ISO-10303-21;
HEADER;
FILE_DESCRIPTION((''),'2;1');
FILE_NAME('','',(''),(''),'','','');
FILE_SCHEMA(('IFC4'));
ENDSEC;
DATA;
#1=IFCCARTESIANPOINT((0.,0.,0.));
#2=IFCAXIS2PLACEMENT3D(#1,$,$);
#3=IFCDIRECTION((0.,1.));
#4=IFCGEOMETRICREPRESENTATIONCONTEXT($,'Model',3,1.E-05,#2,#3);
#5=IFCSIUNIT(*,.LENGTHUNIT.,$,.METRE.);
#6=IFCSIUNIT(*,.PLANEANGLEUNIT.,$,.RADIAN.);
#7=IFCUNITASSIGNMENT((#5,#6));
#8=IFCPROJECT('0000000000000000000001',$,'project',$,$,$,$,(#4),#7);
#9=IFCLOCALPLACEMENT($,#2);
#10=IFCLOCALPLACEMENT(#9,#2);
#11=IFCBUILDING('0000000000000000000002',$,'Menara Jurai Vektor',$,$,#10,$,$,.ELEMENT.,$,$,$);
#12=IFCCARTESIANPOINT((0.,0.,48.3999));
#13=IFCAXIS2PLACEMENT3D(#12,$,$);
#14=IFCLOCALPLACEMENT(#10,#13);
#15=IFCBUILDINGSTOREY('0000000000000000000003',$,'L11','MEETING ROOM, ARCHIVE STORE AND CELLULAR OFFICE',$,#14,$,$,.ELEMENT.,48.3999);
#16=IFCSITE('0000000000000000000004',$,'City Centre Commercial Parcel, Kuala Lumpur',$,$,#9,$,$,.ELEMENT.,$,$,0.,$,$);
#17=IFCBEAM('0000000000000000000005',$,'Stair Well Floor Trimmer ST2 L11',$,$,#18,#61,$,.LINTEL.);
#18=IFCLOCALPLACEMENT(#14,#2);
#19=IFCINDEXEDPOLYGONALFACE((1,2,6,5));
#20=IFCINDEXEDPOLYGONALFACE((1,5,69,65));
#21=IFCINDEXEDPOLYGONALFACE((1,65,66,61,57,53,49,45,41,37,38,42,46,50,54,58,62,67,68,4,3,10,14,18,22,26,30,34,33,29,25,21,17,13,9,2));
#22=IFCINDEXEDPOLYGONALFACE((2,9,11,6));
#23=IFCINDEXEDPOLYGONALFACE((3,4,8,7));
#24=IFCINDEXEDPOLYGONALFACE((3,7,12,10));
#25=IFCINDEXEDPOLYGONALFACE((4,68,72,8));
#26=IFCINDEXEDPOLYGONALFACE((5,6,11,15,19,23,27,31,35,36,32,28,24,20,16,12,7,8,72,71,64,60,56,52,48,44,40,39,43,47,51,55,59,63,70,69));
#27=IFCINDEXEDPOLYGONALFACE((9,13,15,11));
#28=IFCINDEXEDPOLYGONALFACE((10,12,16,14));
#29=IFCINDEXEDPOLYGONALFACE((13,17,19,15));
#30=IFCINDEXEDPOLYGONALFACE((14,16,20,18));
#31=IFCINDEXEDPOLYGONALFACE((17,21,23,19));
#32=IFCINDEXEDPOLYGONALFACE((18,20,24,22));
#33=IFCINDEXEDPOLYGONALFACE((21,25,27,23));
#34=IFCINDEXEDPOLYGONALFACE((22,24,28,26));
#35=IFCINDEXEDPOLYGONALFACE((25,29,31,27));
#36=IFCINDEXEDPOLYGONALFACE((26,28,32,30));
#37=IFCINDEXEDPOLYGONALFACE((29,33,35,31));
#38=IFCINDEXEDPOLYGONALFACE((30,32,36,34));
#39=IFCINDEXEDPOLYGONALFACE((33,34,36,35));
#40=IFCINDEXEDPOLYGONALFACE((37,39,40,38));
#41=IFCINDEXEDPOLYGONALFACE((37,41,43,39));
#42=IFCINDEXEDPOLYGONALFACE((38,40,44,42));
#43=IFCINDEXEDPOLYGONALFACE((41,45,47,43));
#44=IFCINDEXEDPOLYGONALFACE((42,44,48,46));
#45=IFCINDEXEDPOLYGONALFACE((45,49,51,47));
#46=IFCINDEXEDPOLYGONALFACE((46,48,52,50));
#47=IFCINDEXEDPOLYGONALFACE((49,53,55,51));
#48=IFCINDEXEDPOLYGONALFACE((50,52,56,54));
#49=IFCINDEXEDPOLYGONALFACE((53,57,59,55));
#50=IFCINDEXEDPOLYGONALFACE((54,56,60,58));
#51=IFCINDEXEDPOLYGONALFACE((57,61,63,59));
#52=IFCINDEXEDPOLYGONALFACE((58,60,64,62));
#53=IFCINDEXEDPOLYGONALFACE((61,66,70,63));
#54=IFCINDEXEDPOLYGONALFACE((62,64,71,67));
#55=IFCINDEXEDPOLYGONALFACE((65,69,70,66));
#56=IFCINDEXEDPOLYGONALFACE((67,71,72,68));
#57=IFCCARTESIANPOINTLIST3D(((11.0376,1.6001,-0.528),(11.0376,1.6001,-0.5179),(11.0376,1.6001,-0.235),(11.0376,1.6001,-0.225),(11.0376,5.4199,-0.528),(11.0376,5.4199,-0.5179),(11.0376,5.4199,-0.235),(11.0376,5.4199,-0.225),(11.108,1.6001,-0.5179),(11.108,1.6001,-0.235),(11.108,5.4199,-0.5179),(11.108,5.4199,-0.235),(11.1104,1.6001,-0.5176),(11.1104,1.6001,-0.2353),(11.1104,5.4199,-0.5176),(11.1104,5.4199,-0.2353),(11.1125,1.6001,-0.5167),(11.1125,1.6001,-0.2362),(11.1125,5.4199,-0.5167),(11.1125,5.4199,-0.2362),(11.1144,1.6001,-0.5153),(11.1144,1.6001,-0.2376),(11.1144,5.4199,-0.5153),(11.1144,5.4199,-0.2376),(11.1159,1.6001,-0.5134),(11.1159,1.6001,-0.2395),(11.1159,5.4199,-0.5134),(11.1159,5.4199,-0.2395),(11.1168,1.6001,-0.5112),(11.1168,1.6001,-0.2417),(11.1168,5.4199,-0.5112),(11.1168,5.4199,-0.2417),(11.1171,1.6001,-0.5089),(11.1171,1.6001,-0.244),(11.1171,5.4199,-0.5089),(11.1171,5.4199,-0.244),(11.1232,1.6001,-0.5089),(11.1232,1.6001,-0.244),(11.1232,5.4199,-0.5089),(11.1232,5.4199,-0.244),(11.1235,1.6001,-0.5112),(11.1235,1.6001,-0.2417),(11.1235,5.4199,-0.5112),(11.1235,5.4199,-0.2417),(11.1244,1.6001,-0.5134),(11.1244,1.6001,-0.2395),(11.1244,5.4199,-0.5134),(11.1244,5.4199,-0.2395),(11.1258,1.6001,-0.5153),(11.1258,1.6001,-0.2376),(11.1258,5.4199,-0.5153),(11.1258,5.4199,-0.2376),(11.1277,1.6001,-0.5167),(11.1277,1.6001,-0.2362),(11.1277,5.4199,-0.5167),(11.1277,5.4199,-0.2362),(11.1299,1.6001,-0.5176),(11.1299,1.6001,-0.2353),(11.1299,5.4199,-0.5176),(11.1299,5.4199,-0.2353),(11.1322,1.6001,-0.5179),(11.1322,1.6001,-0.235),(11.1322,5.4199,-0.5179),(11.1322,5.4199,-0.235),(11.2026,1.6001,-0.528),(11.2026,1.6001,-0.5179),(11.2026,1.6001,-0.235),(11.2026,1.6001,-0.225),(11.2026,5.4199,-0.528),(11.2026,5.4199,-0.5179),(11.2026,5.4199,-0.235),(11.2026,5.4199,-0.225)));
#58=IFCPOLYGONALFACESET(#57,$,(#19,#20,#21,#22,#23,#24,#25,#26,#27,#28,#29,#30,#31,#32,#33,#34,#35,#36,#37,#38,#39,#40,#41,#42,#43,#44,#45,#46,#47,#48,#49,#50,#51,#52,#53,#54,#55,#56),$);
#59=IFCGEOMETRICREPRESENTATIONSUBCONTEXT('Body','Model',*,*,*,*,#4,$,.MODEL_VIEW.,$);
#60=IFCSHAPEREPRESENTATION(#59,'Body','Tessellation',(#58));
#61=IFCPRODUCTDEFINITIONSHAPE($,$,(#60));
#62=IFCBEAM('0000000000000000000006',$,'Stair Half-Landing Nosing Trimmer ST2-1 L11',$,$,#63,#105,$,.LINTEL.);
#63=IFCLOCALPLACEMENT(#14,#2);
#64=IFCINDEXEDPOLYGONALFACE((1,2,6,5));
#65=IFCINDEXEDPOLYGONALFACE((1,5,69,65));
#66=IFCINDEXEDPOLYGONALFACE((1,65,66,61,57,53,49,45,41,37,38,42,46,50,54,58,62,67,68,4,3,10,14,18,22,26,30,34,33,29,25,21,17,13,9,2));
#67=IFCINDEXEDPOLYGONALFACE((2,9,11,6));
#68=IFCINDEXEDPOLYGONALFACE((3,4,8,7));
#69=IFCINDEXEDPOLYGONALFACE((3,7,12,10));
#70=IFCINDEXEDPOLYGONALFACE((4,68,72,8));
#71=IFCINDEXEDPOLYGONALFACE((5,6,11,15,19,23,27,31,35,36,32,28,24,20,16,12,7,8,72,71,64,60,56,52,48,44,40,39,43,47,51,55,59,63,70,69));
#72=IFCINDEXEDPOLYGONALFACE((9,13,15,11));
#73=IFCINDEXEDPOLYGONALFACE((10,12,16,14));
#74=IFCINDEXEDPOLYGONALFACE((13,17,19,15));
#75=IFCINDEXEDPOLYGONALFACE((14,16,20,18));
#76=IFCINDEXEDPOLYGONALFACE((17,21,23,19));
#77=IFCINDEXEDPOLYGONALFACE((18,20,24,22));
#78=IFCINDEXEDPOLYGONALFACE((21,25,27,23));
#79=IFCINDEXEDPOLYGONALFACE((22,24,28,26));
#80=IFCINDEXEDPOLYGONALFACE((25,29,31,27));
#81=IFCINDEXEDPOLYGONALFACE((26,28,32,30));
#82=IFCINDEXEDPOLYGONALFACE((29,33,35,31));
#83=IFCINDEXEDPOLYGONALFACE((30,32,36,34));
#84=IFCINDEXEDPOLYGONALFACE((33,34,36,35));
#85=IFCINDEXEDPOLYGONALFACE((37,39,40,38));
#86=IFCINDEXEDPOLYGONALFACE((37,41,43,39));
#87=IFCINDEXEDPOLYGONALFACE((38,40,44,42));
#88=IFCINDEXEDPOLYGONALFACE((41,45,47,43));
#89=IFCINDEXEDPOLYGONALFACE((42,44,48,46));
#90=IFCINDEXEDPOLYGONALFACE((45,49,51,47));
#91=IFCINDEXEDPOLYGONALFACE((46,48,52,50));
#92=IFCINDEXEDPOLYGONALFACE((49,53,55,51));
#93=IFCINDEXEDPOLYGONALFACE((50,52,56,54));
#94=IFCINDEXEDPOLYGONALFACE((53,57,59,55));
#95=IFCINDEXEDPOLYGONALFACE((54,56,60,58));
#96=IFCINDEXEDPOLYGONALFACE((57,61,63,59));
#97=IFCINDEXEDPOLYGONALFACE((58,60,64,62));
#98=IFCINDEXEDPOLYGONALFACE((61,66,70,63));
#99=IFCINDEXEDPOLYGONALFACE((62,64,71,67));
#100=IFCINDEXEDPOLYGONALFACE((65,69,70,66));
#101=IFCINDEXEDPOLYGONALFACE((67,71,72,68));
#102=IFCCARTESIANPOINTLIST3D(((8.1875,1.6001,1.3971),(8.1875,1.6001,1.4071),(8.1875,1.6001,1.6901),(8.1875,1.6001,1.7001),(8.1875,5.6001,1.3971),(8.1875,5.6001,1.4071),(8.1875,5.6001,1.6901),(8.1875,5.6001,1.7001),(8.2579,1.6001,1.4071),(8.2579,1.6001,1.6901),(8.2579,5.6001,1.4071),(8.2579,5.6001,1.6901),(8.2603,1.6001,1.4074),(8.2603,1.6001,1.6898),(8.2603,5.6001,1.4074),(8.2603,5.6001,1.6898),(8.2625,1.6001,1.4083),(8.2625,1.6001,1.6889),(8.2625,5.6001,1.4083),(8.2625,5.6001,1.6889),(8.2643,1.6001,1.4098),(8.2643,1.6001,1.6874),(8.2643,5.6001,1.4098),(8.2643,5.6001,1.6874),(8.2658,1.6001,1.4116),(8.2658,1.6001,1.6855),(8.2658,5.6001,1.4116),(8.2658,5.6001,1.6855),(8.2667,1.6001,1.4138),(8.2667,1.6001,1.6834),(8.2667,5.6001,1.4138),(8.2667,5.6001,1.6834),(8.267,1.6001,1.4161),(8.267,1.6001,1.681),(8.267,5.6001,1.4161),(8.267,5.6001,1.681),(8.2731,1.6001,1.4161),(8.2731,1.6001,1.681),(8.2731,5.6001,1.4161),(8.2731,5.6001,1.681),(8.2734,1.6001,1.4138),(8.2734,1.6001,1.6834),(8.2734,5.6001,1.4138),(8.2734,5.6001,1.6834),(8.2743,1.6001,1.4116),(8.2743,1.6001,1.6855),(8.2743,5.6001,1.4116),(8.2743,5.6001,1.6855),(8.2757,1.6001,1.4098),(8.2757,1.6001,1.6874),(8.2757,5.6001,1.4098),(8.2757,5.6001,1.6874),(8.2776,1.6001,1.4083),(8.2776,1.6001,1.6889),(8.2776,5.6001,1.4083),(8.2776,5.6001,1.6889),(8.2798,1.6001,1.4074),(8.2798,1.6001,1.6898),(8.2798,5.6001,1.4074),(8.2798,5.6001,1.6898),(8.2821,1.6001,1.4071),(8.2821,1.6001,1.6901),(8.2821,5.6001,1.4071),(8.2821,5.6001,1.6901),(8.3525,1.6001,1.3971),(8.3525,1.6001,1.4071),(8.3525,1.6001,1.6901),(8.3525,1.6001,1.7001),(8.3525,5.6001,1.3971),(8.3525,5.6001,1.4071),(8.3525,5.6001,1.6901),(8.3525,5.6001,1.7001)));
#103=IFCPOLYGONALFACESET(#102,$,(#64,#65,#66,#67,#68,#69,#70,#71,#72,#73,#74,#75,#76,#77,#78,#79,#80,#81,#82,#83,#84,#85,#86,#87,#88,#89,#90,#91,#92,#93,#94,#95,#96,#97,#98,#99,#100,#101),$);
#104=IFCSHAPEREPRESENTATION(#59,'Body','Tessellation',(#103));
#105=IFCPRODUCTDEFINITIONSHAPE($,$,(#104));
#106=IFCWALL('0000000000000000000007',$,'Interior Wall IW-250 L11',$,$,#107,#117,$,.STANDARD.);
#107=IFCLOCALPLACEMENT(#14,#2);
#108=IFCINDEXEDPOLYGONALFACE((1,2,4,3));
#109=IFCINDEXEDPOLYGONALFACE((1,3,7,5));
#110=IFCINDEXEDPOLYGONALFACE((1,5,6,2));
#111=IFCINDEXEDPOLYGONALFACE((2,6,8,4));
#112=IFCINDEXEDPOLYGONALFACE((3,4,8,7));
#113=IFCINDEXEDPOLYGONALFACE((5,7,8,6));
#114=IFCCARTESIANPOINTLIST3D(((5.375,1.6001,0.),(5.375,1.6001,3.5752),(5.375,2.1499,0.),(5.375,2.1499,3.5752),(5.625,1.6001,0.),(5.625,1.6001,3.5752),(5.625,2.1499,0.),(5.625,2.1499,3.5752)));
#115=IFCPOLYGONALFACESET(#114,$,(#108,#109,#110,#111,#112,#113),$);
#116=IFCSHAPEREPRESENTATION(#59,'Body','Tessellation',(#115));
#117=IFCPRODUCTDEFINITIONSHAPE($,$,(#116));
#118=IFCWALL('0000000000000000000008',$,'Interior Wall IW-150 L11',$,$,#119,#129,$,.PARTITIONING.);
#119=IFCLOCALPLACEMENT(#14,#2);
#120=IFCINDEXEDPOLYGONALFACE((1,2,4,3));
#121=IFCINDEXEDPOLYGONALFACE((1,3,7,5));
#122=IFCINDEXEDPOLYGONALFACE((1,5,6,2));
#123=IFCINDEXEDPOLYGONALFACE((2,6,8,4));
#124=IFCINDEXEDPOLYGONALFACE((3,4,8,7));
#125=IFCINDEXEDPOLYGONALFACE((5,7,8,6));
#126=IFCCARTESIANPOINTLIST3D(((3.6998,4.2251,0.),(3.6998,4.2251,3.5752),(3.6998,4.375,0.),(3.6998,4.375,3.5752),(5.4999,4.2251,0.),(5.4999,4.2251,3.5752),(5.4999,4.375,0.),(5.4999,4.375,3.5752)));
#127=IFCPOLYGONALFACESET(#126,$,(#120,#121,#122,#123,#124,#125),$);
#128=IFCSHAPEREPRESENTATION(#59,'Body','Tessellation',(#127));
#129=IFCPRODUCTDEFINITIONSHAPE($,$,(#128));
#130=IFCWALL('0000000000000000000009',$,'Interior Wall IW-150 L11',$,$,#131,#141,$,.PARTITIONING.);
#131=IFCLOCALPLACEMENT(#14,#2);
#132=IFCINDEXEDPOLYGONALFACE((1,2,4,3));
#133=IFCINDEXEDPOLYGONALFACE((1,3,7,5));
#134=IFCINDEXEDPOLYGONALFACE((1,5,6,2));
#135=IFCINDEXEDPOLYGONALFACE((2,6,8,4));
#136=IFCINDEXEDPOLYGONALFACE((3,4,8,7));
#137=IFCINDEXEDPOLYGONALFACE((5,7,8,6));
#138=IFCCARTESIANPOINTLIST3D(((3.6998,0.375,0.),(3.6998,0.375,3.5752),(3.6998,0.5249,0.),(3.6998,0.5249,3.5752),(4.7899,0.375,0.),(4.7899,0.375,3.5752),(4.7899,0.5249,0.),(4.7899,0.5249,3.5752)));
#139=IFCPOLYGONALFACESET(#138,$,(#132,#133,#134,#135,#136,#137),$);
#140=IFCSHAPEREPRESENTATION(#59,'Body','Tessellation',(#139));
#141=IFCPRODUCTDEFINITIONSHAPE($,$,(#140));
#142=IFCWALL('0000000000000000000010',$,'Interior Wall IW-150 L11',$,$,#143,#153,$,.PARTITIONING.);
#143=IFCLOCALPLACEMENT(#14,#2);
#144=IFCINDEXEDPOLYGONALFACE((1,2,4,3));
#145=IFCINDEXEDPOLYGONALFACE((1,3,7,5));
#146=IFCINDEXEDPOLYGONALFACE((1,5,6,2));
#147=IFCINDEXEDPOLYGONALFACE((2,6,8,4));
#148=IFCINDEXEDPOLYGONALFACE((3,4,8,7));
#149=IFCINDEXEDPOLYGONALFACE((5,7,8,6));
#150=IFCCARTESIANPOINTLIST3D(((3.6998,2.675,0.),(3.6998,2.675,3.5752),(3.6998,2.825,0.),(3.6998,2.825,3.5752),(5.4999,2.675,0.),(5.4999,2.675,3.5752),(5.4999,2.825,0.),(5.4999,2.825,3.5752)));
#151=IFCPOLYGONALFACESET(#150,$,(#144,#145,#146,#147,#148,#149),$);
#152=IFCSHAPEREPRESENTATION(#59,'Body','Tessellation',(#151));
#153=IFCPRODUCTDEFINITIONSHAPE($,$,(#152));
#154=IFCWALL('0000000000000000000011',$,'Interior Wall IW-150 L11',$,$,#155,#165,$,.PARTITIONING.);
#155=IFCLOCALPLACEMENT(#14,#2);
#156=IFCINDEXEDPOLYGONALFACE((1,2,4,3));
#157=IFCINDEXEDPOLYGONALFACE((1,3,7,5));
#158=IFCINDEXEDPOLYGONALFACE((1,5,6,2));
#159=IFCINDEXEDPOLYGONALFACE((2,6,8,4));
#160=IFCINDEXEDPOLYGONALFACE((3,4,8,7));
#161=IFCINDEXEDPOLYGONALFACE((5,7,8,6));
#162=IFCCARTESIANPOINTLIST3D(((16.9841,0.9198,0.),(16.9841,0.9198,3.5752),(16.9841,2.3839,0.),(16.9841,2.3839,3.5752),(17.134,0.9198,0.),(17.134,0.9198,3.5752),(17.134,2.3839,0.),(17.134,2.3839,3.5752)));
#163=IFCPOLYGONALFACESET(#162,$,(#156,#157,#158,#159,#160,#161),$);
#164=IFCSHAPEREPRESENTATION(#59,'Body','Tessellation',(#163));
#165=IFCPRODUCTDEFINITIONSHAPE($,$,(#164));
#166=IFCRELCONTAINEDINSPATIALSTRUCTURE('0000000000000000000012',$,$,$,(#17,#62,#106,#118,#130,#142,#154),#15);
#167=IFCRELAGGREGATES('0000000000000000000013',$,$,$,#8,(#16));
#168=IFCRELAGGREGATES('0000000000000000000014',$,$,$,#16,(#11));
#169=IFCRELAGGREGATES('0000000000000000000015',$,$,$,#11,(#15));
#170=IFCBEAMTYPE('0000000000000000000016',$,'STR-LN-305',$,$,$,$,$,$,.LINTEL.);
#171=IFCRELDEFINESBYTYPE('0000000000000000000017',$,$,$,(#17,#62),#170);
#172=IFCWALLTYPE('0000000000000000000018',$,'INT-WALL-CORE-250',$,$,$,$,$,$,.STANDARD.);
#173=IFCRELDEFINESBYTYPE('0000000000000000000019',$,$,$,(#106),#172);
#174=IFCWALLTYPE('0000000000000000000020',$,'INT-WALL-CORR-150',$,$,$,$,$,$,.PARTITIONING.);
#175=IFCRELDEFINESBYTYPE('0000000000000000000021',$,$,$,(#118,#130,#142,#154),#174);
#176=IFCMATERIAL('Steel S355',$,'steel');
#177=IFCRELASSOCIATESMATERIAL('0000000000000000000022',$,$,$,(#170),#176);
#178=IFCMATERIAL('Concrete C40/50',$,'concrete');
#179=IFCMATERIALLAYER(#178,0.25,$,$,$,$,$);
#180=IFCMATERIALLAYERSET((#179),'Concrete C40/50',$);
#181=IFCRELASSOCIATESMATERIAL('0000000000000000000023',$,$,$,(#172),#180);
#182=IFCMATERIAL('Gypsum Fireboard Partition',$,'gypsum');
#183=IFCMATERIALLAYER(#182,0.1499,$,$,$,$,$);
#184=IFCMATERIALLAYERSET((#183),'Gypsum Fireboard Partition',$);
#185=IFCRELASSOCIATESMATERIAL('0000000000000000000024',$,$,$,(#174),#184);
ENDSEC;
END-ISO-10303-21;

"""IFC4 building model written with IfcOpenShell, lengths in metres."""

from ifc_helpers import new_model, si_unit, direction, frame, frame_2d, origin, origin_2d, place, context, subcontext, project, spatial, rectangle, i_section, extrude, material, layer, layer_set, material_profile, profile_set, type_object, element, save


model = new_model("IFC4")

# Units and contexts
model_context = context("Model", 3, precision=1e-05, world=origin(), true_north=direction((0.0, 1.0)))
body_context = subcontext(model_context, "Body", "Model", "MODEL_VIEW")
ifc_project = project(units=[si_unit("LENGTHUNIT", "METRE"), si_unit("PLANEANGLEUNIT", "RADIAN")], contexts=[model_context])

# Site, building, storey
site_placement = place(None, origin())
site = spatial("IfcSite", under=ifc_project, at=site_placement, Name="City Centre Commercial Parcel, Kuala Lumpur", CompositionType="ELEMENT", RefElevation=0.0)
building_placement = place(site_placement, origin())
building = spatial("IfcBuilding", under=site, at=building_placement, Name="Menara Jurai Vektor", CompositionType="ELEMENT")
storey_placement = place(building_placement, frame((0.0, 0.0, 48.3999)))
storey = spatial("IfcBuildingStorey", under=building, at=storey_placement, Name="L11", Description="MEETING ROOM, ARCHIVE STORE AND CELLULAR OFFICE", CompositionType="ELEMENT", Elevation=48.3999)

# Shared definitions
ifc_material_1 = material(Name="Steel S355", Category="steel")

# Beams
ifc_material_profile_1 = material_profile(ifc_material_1, i_section(OverallWidth=0.165, OverallDepth=0.303, WebThickness=0.0061, FlangeThickness=0.01, FilletRadius=0.009, at=origin_2d()), Name="UKB 305x165x40")
ifc_profile_set_1 = profile_set([ifc_material_profile_1], Name="Steel S355")
beam_type_1 = type_object("IfcBeamType", Name="STR-LN-305", PredefinedType="LINTEL", material=ifc_profile_set_1)
beam_1_placement = place(storey_placement, frame((11.1201, 1.6001, -0.3765), z_axis=(0.0, 1.0, 0.0), x_axis=(-1.0, 0.0, 0.0)))
element("IfcBeam", 1, at=beam_1_placement, inside=storey, type_object=beam_type_1, Name="Stair Well Floor Trimmer ST2 L11", PredefinedType="LINTEL", context=body_context, shape_type="SweptSolid", body=[
    extrude(i_section(OverallWidth=0.165, OverallDepth=0.303, WebThickness=0.0061, FlangeThickness=0.01, FilletRadius=0.009, at=origin_2d()), origin(), (0.0, 0.0, 1.0), 3.8198),
])
beam_2_placement = place(storey_placement, frame((8.27, 1.6001, 1.5486), z_axis=(0.0, 1.0, 0.0), x_axis=(-1.0, 0.0, 0.0)))
element("IfcBeam", 2, at=beam_2_placement, inside=storey, type_object=beam_type_1, Name="Stair Half-Landing Nosing Trimmer ST2-1 L11", PredefinedType="LINTEL", context=body_context, shape_type="SweptSolid", body=[
    extrude(i_section(OverallWidth=0.165, OverallDepth=0.303, WebThickness=0.0061, FlangeThickness=0.01, FilletRadius=0.009, at=origin_2d()), origin(), (0.0, 0.0, 1.0), 4.0),
])

# Shared definitions
ifc_material_2 = material(Name="Concrete C40/50", Category="concrete")
ifc_layer_1 = layer(ifc_material_2, 0.25)
ifc_layer_set_1 = layer_set([ifc_layer_1], Name="Concrete C40/50")
wall_type_1 = type_object("IfcWallType", Name="INT-WALL-CORE-250", PredefinedType="STANDARD", material=ifc_layer_set_1)

# Walls
wall_1_placement = place(storey_placement, frame((5.5, 1.6001, 0.0), z_axis=(0.0, 0.0, 1.0), x_axis=(0.0, 1.0, 0.0)))
element("IfcWall", 3, at=wall_1_placement, inside=storey, type_object=wall_type_1, Name="Interior Wall IW-250 L11", PredefinedType="STANDARD", context=body_context, shape_type="SweptSolid", body=[
    extrude(rectangle(XDim=0.5498, YDim=0.25, at=frame_2d((0.2749, 0.0))), origin(), (0.0, 0.0, 1.0), 3.5752),
])
ifc_material_3 = material(Name="Gypsum Fireboard Partition", Category="gypsum")
ifc_layer_2 = layer(ifc_material_3, 0.1499)
ifc_layer_set_2 = layer_set([ifc_layer_2], Name="Gypsum Fireboard Partition")
wall_type_2 = type_object("IfcWallType", Name="INT-WALL-CORR-150", PredefinedType="PARTITIONING", material=ifc_layer_set_2)
wall_2_placement = place(storey_placement, frame((3.7, 4.3, 0.0), z_axis=(0.0, 0.0, 1.0), x_axis=(1.0, 0.0, 0.0)))
element("IfcWall", 4, at=wall_2_placement, inside=storey, type_object=wall_type_2, Name="Interior Wall IW-150 L11", PredefinedType="PARTITIONING", context=body_context, shape_type="SweptSolid", body=[
    extrude(rectangle(XDim=1.8, YDim=0.1499, at=frame_2d((0.8999, 0.0))), origin(), (0.0, 0.0, 1.0), 3.5752),
])
wall_3_placement = place(storey_placement, frame((3.7, 0.45, 0.0), z_axis=(0.0, 0.0, 1.0), x_axis=(1.0, 0.0, 0.0)))
element("IfcWall", 5, at=wall_3_placement, inside=storey, type_object=wall_type_2, Name="Interior Wall IW-150 L11", PredefinedType="PARTITIONING", context=body_context, shape_type="SweptSolid", body=[
    extrude(rectangle(XDim=1.0901, YDim=0.1499, at=frame_2d((0.5449, 0.0))), origin(), (0.0, 0.0, 1.0), 3.5752),
])
wall_4_placement = place(storey_placement, frame((3.7, 2.75, 0.0), z_axis=(0.0, 0.0, 1.0), x_axis=(1.0, 0.0, 0.0)))
element("IfcWall", 6, at=wall_4_placement, inside=storey, type_object=wall_type_2, Name="Interior Wall IW-150 L11", PredefinedType="PARTITIONING", context=body_context, shape_type="SweptSolid", body=[
    extrude(rectangle(XDim=1.8, YDim=0.1499, at=frame_2d((0.8999, 0.0))), origin(), (0.0, 0.0, 1.0), 3.5752),
])
wall_5_placement = place(storey_placement, frame((17.0591, 0.9199, 0.0), z_axis=(0.0, 0.0, 1.0), x_axis=(0.0, 1.0, 0.0)))
element("IfcWall", 7, at=wall_5_placement, inside=storey, type_object=wall_type_2, Name="Interior Wall IW-150 L11", PredefinedType="PARTITIONING", context=body_context, shape_type="SweptSolid", body=[
    extrude(rectangle(XDim=1.4641, YDim=0.1499, at=frame_2d((0.7319, 0.0))), origin(), (0.0, 0.0, 1.0), 3.5752),
])

save(model, "model.ifc")
